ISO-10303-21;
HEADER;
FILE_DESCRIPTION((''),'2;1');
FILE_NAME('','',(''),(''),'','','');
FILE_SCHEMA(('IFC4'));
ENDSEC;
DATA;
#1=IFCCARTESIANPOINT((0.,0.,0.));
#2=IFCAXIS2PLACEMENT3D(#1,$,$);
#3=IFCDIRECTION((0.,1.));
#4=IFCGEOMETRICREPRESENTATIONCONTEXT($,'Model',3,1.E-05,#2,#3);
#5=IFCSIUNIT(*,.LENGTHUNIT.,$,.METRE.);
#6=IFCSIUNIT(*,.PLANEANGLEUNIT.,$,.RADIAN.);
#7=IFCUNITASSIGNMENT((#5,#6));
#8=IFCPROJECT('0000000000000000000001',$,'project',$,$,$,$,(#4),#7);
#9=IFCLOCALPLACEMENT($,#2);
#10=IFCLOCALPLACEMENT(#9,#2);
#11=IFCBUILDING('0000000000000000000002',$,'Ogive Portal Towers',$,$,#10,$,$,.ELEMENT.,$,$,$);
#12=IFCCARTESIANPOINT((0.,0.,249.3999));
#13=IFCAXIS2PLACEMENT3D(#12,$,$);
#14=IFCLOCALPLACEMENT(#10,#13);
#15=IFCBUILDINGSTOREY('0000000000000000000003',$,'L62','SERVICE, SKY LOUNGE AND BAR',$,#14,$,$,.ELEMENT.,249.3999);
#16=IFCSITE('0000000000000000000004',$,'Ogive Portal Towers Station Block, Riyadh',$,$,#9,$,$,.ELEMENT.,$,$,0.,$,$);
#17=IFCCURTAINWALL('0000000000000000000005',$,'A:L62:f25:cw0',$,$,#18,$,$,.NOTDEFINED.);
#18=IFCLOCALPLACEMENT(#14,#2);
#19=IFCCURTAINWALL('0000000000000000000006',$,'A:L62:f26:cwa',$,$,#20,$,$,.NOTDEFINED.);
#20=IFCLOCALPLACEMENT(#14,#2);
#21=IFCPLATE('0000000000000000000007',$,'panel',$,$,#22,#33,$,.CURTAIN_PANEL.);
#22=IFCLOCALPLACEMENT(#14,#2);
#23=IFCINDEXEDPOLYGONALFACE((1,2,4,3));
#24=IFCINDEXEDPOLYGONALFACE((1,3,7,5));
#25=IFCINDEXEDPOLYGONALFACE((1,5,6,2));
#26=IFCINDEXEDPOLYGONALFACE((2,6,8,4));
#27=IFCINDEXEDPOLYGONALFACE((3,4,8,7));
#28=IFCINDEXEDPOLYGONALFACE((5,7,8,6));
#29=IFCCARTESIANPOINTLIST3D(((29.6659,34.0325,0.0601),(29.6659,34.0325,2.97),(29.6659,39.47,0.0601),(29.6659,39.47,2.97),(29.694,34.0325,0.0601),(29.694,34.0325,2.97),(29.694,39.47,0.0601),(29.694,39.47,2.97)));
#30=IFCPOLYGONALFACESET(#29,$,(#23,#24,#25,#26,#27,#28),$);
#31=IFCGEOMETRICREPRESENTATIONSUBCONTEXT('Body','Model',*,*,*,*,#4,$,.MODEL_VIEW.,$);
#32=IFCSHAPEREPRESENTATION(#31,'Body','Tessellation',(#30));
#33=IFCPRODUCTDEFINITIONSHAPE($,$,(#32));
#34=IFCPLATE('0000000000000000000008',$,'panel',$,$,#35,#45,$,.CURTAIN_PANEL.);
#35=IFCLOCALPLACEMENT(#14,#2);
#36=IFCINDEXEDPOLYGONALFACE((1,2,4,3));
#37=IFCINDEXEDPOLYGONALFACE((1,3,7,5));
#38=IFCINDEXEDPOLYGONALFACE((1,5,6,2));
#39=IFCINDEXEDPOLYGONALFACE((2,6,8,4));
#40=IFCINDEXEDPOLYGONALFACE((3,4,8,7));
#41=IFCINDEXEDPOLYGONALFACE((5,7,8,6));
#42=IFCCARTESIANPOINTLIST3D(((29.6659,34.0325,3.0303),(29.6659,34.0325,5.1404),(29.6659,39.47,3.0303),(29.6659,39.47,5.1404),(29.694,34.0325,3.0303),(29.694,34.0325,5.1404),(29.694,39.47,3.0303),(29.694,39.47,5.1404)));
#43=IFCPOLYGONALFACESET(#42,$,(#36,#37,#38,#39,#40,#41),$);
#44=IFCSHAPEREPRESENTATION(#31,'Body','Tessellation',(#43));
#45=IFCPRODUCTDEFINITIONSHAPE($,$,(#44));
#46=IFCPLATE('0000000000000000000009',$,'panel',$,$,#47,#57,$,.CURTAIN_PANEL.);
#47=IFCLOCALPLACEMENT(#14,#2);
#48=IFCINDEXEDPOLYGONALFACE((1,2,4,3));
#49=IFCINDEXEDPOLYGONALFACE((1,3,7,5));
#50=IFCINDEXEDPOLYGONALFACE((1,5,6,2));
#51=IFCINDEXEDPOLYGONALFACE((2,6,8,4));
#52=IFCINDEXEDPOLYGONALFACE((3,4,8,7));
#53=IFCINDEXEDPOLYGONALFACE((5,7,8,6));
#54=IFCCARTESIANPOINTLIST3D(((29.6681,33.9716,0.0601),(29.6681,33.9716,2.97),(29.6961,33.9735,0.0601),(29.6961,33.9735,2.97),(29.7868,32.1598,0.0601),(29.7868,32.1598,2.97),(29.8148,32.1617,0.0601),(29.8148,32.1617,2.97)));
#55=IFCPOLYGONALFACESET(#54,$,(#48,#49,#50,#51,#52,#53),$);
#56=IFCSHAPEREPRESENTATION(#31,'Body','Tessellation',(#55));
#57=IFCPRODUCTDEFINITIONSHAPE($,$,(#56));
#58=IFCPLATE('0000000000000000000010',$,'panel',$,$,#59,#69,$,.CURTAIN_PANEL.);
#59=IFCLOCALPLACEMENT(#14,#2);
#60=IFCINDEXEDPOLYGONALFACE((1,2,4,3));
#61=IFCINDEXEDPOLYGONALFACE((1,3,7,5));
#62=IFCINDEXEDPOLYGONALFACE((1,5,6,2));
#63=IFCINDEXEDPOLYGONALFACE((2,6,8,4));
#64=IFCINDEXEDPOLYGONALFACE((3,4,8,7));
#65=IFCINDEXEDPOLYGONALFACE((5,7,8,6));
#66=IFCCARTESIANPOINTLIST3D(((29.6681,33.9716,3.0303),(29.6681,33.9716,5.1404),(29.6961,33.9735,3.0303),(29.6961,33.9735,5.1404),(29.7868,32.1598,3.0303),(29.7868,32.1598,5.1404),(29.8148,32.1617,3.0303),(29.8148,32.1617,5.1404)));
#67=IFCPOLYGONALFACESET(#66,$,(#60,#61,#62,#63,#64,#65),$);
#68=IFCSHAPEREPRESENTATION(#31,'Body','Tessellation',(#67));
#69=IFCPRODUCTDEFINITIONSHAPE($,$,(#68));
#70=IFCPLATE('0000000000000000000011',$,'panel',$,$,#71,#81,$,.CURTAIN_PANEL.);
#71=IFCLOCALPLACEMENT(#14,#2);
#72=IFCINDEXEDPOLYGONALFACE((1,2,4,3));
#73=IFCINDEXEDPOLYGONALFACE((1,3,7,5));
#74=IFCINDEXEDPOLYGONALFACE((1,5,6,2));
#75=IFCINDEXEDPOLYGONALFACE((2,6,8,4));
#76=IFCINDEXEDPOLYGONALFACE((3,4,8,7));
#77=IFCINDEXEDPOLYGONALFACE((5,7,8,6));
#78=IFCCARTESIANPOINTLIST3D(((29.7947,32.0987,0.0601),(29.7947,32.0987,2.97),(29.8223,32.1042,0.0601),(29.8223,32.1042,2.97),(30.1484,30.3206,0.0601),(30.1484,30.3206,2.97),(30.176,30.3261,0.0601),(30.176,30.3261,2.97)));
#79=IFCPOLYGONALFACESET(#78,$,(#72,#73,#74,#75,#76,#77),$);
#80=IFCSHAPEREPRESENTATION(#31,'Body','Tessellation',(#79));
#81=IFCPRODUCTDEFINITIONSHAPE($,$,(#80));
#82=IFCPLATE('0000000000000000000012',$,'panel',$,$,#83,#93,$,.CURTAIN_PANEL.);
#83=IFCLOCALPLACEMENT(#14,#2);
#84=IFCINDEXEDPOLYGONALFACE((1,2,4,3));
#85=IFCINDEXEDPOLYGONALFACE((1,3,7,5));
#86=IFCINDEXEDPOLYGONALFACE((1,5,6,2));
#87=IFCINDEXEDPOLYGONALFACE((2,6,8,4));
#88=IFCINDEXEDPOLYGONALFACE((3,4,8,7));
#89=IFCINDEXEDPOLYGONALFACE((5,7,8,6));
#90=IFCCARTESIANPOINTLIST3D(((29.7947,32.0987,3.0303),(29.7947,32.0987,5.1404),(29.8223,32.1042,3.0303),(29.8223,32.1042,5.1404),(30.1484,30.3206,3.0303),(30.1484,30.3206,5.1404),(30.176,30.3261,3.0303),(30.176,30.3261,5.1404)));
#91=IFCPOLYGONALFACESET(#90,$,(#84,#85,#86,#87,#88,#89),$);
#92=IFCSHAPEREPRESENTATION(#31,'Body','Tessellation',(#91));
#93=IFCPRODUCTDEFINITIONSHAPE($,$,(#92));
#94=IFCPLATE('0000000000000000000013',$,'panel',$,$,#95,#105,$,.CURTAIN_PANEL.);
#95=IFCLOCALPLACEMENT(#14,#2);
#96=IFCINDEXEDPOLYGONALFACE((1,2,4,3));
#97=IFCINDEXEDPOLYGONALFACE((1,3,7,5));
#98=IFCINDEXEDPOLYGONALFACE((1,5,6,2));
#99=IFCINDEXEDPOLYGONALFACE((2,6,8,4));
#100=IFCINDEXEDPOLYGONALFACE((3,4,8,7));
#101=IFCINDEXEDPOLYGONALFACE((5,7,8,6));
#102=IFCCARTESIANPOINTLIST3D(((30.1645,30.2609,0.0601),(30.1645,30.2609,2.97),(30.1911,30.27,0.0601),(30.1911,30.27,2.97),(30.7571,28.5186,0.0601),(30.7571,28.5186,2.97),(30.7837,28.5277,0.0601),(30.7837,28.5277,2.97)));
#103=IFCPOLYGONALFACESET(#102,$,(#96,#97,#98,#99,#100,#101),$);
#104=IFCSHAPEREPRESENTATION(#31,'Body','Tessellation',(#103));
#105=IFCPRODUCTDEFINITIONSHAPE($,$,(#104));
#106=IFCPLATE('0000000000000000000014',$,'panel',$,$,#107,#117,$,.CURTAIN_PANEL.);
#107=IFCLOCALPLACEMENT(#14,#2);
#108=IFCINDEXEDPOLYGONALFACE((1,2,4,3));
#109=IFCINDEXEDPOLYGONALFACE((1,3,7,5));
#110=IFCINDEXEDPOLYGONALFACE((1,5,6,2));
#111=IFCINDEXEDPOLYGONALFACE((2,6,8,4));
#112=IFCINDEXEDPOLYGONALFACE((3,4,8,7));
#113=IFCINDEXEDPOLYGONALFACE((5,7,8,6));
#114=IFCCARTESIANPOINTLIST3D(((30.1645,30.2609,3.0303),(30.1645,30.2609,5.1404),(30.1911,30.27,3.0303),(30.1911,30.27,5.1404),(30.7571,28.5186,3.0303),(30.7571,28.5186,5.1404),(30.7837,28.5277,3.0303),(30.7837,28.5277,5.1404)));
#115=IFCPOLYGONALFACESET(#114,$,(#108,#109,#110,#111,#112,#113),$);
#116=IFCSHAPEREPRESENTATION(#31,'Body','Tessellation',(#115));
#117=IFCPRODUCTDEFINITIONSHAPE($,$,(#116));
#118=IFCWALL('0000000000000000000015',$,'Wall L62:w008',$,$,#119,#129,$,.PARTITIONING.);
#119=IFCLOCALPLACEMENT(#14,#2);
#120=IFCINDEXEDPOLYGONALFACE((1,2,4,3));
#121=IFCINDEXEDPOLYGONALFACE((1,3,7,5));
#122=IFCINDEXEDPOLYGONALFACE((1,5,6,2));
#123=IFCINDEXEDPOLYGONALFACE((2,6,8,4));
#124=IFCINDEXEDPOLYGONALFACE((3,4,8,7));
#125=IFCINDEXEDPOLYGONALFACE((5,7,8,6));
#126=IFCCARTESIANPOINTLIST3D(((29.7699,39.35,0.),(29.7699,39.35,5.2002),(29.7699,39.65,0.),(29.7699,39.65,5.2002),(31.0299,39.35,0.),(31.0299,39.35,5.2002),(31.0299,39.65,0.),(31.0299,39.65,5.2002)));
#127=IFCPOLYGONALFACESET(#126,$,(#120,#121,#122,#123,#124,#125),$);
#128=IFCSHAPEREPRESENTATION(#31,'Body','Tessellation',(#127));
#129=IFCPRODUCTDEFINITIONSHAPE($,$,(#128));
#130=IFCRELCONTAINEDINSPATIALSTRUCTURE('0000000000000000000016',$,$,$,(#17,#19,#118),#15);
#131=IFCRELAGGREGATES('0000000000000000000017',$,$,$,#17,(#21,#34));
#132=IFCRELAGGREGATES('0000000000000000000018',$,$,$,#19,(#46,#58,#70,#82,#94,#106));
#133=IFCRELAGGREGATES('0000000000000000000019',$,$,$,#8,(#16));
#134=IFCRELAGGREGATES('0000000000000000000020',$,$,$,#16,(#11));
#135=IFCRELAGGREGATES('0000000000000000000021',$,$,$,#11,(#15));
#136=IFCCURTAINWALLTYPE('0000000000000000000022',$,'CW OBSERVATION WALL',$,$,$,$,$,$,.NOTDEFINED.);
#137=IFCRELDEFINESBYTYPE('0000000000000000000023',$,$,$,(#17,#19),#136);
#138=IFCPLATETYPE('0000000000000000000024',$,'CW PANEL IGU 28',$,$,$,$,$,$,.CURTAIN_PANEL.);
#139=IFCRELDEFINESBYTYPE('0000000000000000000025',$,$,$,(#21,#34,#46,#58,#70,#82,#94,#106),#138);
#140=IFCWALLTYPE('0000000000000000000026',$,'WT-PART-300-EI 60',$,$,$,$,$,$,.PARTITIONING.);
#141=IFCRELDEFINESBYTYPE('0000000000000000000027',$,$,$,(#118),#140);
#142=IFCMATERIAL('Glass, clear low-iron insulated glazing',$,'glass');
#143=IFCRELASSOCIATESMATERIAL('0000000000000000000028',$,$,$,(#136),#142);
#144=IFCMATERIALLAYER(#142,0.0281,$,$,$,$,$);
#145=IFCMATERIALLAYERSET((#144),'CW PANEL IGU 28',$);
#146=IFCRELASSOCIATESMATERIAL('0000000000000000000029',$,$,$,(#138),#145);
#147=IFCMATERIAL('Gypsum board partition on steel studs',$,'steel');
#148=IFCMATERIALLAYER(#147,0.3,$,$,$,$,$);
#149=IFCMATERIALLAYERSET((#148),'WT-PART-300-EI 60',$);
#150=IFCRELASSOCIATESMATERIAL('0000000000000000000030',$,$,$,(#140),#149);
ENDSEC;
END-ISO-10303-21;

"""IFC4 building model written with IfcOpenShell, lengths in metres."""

from ifc_helpers import new_model, si_unit, direction, frame, frame_2d, origin, origin_2d, place, context, subcontext, project, spatial, rectangle, extrude, material, layer, layer_set, type_object, element, aggregate, save


model = new_model("IFC4")

# Units and contexts
model_context = context("Model", 3, precision=1e-05, world=origin(), true_north=direction((0.0, 1.0)))
body_context = subcontext(model_context, "Body", "Model", "MODEL_VIEW")
ifc_project = project(units=[si_unit("LENGTHUNIT", "METRE"), si_unit("PLANEANGLEUNIT", "RADIAN")], contexts=[model_context])

# Site, building, storey
site_placement = place(None, origin())
site = spatial("IfcSite", under=ifc_project, at=site_placement, Name="Ogive Portal Towers Station Block, Riyadh", CompositionType="ELEMENT", RefElevation=0.0)
building_placement = place(site_placement, origin())
building = spatial("IfcBuilding", under=site, at=building_placement, Name="Ogive Portal Towers", CompositionType="ELEMENT")
storey_placement = place(building_placement, frame((0.0, 0.0, 249.3999)))
storey = spatial("IfcBuildingStorey", under=building, at=storey_placement, Name="L62", Description="SERVICE, SKY LOUNGE AND BAR", CompositionType="ELEMENT", Elevation=249.3999)

# Curtain walls
ifc_material_1 = material(Name="Glass, clear low-iron insulated glazing", Category="glass")
curtain_wall_type = type_object("IfcCurtainWallType", Name="CW OBSERVATION WALL", PredefinedType="NOTDEFINED", material=ifc_material_1)
curtain_wall_1_placement = place(storey_placement, origin())
curtain_wall_1 = element("IfcCurtainWall", 1, at=curtain_wall_1_placement, inside=storey, type_object=curtain_wall_type, Name="A:L62:f25:cw0", PredefinedType="NOTDEFINED")
curtain_wall_2_placement = place(storey_placement, origin())
curtain_wall_2 = element("IfcCurtainWall", 2, at=curtain_wall_2_placement, inside=storey, type_object=curtain_wall_type, Name="A:L62:f26:cwa", PredefinedType="NOTDEFINED")

# Plates
ifc_layer_1 = layer(ifc_material_1, 0.0281)
ifc_layer_set_1 = layer_set([ifc_layer_1], Name="CW PANEL IGU 28")
plate_type = type_object("IfcPlateType", Name="CW PANEL IGU 28", PredefinedType="CURTAIN_PANEL", material=ifc_layer_set_1)
plate_1_placement = place(storey_placement, frame((29.6799, 36.7512, 0.0601), z_axis=(0.0, 0.0, 1.0), x_axis=(0.0, -1.0, 0.0)))
plate_1 = element("IfcPlate", 3, at=plate_1_placement, type_object=plate_type, Name="panel", PredefinedType="CURTAIN_PANEL", context=body_context, shape_type="SweptSolid", body=[
    extrude(rectangle(XDim=5.4375, YDim=0.0281, at=origin_2d()), origin(), (0.0, 0.0, 1.0), 2.9099),
])
plate_2_placement = place(storey_placement, frame((29.6799, 36.7512, 3.0303), z_axis=(0.0, 0.0, 1.0), x_axis=(0.0, -1.0, 0.0)))
plate_2 = element("IfcPlate", 4, at=plate_2_placement, type_object=plate_type, Name="panel", PredefinedType="CURTAIN_PANEL", context=body_context, shape_type="SweptSolid", body=[
    extrude(rectangle(XDim=5.4375, YDim=0.0281, at=origin_2d()), origin(), (0.0, 0.0, 1.0), 2.1101),
])
aggregate(curtain_wall_1, [plate_1, plate_2])
plate_3_placement = place(storey_placement, frame((29.7415, 33.0667, 0.0601), z_axis=(0.0, 0.0, 1.0), x_axis=(0.065403, -0.997859, 0.0)))
plate_3 = element("IfcPlate", 5, at=plate_3_placement, type_object=plate_type, Name="panel", PredefinedType="CURTAIN_PANEL", context=body_context, shape_type="SweptSolid", body=[
    extrude(rectangle(XDim=1.8157, YDim=0.0281, at=origin_2d()), origin(), (0.0, 0.0, 1.0), 2.9099),
])
plate_4_placement = place(storey_placement, frame((29.7415, 33.0667, 3.0303), z_axis=(0.0, 0.0, 1.0), x_axis=(0.065403, -0.997859, 0.0)))
plate_4 = element("IfcPlate", 6, at=plate_4_placement, type_object=plate_type, Name="panel", PredefinedType="CURTAIN_PANEL", context=body_context, shape_type="SweptSolid", body=[
    extrude(rectangle(XDim=1.8157, YDim=0.0281, at=origin_2d()), origin(), (0.0, 0.0, 1.0), 2.1101),
])
plate_5_placement = place(storey_placement, frame((29.9854, 31.2124, 0.0601), z_axis=(0.0, 0.0, 1.0), x_axis=(0.19509, -0.980785, 0.0)))
plate_5 = element("IfcPlate", 7, at=plate_5_placement, type_object=plate_type, Name="panel", PredefinedType="CURTAIN_PANEL", context=body_context, shape_type="SweptSolid", body=[
    extrude(rectangle(XDim=1.813, YDim=0.0281, at=origin_2d()), origin(), (0.0, 0.0, 1.0), 2.9099),
])
plate_6_placement = place(storey_placement, frame((29.9854, 31.2124, 3.0303), z_axis=(0.0, 0.0, 1.0), x_axis=(0.19509, -0.980785, 0.0)))
plate_6 = element("IfcPlate", 8, at=plate_6_placement, type_object=plate_type, Name="panel", PredefinedType="CURTAIN_PANEL", context=body_context, shape_type="SweptSolid", body=[
    extrude(rectangle(XDim=1.813, YDim=0.0281, at=origin_2d()), origin(), (0.0, 0.0, 1.0), 2.1101),
])
plate_7_placement = place(storey_placement, frame((30.4741, 29.3943, 0.0601), z_axis=(0.0, 0.0, 1.0), x_axis=(0.32201, -0.946736, 0.0)))
plate_7 = element("IfcPlate", 9, at=plate_7_placement, type_object=plate_type, Name="panel", PredefinedType="CURTAIN_PANEL", context=body_context, shape_type="SweptSolid", body=[
    extrude(rectangle(XDim=1.8403, YDim=0.0281, at=origin_2d()), origin(), (0.0, 0.0, 1.0), 2.9099),
])
plate_8_placement = place(storey_placement, frame((30.4741, 29.3943, 3.0303), z_axis=(0.0, 0.0, 1.0), x_axis=(0.32201, -0.946736, 0.0)))
plate_8 = element("IfcPlate", 10, at=plate_8_placement, type_object=plate_type, Name="panel", PredefinedType="CURTAIN_PANEL", context=body_context, shape_type="SweptSolid", body=[
    extrude(rectangle(XDim=1.8403, YDim=0.0281, at=origin_2d()), origin(), (0.0, 0.0, 1.0), 2.1101),
])
aggregate(curtain_wall_2, [plate_3, plate_4, plate_5, plate_6, plate_7, plate_8])

# Wall
ifc_material_2 = material(Name="Gypsum board partition on steel studs", Category="steel")
ifc_layer_2 = layer(ifc_material_2, 0.3)
ifc_layer_set_2 = layer_set([ifc_layer_2], Name="WT-PART-300-EI 60")
wall_type = type_object("IfcWallType", Name="WT-PART-300-EI 60", PredefinedType="PARTITIONING", material=ifc_layer_set_2)
wall_placement = place(storey_placement, frame((29.77, 39.5, 0.0), z_axis=(0.0, 0.0, 1.0), x_axis=(1.0, 0.0, 0.0)))
element("IfcWall", 11, at=wall_placement, inside=storey, type_object=wall_type, Name="Wall L62:w008", PredefinedType="PARTITIONING", context=body_context, shape_type="SweptSolid", body=[
    extrude(rectangle(XDim=1.26, YDim=0.3, at=frame_2d((0.6299, 0.0))), origin(), (0.0, 0.0, 1.0), 5.2002),
])

save(model, "model.ifc")
